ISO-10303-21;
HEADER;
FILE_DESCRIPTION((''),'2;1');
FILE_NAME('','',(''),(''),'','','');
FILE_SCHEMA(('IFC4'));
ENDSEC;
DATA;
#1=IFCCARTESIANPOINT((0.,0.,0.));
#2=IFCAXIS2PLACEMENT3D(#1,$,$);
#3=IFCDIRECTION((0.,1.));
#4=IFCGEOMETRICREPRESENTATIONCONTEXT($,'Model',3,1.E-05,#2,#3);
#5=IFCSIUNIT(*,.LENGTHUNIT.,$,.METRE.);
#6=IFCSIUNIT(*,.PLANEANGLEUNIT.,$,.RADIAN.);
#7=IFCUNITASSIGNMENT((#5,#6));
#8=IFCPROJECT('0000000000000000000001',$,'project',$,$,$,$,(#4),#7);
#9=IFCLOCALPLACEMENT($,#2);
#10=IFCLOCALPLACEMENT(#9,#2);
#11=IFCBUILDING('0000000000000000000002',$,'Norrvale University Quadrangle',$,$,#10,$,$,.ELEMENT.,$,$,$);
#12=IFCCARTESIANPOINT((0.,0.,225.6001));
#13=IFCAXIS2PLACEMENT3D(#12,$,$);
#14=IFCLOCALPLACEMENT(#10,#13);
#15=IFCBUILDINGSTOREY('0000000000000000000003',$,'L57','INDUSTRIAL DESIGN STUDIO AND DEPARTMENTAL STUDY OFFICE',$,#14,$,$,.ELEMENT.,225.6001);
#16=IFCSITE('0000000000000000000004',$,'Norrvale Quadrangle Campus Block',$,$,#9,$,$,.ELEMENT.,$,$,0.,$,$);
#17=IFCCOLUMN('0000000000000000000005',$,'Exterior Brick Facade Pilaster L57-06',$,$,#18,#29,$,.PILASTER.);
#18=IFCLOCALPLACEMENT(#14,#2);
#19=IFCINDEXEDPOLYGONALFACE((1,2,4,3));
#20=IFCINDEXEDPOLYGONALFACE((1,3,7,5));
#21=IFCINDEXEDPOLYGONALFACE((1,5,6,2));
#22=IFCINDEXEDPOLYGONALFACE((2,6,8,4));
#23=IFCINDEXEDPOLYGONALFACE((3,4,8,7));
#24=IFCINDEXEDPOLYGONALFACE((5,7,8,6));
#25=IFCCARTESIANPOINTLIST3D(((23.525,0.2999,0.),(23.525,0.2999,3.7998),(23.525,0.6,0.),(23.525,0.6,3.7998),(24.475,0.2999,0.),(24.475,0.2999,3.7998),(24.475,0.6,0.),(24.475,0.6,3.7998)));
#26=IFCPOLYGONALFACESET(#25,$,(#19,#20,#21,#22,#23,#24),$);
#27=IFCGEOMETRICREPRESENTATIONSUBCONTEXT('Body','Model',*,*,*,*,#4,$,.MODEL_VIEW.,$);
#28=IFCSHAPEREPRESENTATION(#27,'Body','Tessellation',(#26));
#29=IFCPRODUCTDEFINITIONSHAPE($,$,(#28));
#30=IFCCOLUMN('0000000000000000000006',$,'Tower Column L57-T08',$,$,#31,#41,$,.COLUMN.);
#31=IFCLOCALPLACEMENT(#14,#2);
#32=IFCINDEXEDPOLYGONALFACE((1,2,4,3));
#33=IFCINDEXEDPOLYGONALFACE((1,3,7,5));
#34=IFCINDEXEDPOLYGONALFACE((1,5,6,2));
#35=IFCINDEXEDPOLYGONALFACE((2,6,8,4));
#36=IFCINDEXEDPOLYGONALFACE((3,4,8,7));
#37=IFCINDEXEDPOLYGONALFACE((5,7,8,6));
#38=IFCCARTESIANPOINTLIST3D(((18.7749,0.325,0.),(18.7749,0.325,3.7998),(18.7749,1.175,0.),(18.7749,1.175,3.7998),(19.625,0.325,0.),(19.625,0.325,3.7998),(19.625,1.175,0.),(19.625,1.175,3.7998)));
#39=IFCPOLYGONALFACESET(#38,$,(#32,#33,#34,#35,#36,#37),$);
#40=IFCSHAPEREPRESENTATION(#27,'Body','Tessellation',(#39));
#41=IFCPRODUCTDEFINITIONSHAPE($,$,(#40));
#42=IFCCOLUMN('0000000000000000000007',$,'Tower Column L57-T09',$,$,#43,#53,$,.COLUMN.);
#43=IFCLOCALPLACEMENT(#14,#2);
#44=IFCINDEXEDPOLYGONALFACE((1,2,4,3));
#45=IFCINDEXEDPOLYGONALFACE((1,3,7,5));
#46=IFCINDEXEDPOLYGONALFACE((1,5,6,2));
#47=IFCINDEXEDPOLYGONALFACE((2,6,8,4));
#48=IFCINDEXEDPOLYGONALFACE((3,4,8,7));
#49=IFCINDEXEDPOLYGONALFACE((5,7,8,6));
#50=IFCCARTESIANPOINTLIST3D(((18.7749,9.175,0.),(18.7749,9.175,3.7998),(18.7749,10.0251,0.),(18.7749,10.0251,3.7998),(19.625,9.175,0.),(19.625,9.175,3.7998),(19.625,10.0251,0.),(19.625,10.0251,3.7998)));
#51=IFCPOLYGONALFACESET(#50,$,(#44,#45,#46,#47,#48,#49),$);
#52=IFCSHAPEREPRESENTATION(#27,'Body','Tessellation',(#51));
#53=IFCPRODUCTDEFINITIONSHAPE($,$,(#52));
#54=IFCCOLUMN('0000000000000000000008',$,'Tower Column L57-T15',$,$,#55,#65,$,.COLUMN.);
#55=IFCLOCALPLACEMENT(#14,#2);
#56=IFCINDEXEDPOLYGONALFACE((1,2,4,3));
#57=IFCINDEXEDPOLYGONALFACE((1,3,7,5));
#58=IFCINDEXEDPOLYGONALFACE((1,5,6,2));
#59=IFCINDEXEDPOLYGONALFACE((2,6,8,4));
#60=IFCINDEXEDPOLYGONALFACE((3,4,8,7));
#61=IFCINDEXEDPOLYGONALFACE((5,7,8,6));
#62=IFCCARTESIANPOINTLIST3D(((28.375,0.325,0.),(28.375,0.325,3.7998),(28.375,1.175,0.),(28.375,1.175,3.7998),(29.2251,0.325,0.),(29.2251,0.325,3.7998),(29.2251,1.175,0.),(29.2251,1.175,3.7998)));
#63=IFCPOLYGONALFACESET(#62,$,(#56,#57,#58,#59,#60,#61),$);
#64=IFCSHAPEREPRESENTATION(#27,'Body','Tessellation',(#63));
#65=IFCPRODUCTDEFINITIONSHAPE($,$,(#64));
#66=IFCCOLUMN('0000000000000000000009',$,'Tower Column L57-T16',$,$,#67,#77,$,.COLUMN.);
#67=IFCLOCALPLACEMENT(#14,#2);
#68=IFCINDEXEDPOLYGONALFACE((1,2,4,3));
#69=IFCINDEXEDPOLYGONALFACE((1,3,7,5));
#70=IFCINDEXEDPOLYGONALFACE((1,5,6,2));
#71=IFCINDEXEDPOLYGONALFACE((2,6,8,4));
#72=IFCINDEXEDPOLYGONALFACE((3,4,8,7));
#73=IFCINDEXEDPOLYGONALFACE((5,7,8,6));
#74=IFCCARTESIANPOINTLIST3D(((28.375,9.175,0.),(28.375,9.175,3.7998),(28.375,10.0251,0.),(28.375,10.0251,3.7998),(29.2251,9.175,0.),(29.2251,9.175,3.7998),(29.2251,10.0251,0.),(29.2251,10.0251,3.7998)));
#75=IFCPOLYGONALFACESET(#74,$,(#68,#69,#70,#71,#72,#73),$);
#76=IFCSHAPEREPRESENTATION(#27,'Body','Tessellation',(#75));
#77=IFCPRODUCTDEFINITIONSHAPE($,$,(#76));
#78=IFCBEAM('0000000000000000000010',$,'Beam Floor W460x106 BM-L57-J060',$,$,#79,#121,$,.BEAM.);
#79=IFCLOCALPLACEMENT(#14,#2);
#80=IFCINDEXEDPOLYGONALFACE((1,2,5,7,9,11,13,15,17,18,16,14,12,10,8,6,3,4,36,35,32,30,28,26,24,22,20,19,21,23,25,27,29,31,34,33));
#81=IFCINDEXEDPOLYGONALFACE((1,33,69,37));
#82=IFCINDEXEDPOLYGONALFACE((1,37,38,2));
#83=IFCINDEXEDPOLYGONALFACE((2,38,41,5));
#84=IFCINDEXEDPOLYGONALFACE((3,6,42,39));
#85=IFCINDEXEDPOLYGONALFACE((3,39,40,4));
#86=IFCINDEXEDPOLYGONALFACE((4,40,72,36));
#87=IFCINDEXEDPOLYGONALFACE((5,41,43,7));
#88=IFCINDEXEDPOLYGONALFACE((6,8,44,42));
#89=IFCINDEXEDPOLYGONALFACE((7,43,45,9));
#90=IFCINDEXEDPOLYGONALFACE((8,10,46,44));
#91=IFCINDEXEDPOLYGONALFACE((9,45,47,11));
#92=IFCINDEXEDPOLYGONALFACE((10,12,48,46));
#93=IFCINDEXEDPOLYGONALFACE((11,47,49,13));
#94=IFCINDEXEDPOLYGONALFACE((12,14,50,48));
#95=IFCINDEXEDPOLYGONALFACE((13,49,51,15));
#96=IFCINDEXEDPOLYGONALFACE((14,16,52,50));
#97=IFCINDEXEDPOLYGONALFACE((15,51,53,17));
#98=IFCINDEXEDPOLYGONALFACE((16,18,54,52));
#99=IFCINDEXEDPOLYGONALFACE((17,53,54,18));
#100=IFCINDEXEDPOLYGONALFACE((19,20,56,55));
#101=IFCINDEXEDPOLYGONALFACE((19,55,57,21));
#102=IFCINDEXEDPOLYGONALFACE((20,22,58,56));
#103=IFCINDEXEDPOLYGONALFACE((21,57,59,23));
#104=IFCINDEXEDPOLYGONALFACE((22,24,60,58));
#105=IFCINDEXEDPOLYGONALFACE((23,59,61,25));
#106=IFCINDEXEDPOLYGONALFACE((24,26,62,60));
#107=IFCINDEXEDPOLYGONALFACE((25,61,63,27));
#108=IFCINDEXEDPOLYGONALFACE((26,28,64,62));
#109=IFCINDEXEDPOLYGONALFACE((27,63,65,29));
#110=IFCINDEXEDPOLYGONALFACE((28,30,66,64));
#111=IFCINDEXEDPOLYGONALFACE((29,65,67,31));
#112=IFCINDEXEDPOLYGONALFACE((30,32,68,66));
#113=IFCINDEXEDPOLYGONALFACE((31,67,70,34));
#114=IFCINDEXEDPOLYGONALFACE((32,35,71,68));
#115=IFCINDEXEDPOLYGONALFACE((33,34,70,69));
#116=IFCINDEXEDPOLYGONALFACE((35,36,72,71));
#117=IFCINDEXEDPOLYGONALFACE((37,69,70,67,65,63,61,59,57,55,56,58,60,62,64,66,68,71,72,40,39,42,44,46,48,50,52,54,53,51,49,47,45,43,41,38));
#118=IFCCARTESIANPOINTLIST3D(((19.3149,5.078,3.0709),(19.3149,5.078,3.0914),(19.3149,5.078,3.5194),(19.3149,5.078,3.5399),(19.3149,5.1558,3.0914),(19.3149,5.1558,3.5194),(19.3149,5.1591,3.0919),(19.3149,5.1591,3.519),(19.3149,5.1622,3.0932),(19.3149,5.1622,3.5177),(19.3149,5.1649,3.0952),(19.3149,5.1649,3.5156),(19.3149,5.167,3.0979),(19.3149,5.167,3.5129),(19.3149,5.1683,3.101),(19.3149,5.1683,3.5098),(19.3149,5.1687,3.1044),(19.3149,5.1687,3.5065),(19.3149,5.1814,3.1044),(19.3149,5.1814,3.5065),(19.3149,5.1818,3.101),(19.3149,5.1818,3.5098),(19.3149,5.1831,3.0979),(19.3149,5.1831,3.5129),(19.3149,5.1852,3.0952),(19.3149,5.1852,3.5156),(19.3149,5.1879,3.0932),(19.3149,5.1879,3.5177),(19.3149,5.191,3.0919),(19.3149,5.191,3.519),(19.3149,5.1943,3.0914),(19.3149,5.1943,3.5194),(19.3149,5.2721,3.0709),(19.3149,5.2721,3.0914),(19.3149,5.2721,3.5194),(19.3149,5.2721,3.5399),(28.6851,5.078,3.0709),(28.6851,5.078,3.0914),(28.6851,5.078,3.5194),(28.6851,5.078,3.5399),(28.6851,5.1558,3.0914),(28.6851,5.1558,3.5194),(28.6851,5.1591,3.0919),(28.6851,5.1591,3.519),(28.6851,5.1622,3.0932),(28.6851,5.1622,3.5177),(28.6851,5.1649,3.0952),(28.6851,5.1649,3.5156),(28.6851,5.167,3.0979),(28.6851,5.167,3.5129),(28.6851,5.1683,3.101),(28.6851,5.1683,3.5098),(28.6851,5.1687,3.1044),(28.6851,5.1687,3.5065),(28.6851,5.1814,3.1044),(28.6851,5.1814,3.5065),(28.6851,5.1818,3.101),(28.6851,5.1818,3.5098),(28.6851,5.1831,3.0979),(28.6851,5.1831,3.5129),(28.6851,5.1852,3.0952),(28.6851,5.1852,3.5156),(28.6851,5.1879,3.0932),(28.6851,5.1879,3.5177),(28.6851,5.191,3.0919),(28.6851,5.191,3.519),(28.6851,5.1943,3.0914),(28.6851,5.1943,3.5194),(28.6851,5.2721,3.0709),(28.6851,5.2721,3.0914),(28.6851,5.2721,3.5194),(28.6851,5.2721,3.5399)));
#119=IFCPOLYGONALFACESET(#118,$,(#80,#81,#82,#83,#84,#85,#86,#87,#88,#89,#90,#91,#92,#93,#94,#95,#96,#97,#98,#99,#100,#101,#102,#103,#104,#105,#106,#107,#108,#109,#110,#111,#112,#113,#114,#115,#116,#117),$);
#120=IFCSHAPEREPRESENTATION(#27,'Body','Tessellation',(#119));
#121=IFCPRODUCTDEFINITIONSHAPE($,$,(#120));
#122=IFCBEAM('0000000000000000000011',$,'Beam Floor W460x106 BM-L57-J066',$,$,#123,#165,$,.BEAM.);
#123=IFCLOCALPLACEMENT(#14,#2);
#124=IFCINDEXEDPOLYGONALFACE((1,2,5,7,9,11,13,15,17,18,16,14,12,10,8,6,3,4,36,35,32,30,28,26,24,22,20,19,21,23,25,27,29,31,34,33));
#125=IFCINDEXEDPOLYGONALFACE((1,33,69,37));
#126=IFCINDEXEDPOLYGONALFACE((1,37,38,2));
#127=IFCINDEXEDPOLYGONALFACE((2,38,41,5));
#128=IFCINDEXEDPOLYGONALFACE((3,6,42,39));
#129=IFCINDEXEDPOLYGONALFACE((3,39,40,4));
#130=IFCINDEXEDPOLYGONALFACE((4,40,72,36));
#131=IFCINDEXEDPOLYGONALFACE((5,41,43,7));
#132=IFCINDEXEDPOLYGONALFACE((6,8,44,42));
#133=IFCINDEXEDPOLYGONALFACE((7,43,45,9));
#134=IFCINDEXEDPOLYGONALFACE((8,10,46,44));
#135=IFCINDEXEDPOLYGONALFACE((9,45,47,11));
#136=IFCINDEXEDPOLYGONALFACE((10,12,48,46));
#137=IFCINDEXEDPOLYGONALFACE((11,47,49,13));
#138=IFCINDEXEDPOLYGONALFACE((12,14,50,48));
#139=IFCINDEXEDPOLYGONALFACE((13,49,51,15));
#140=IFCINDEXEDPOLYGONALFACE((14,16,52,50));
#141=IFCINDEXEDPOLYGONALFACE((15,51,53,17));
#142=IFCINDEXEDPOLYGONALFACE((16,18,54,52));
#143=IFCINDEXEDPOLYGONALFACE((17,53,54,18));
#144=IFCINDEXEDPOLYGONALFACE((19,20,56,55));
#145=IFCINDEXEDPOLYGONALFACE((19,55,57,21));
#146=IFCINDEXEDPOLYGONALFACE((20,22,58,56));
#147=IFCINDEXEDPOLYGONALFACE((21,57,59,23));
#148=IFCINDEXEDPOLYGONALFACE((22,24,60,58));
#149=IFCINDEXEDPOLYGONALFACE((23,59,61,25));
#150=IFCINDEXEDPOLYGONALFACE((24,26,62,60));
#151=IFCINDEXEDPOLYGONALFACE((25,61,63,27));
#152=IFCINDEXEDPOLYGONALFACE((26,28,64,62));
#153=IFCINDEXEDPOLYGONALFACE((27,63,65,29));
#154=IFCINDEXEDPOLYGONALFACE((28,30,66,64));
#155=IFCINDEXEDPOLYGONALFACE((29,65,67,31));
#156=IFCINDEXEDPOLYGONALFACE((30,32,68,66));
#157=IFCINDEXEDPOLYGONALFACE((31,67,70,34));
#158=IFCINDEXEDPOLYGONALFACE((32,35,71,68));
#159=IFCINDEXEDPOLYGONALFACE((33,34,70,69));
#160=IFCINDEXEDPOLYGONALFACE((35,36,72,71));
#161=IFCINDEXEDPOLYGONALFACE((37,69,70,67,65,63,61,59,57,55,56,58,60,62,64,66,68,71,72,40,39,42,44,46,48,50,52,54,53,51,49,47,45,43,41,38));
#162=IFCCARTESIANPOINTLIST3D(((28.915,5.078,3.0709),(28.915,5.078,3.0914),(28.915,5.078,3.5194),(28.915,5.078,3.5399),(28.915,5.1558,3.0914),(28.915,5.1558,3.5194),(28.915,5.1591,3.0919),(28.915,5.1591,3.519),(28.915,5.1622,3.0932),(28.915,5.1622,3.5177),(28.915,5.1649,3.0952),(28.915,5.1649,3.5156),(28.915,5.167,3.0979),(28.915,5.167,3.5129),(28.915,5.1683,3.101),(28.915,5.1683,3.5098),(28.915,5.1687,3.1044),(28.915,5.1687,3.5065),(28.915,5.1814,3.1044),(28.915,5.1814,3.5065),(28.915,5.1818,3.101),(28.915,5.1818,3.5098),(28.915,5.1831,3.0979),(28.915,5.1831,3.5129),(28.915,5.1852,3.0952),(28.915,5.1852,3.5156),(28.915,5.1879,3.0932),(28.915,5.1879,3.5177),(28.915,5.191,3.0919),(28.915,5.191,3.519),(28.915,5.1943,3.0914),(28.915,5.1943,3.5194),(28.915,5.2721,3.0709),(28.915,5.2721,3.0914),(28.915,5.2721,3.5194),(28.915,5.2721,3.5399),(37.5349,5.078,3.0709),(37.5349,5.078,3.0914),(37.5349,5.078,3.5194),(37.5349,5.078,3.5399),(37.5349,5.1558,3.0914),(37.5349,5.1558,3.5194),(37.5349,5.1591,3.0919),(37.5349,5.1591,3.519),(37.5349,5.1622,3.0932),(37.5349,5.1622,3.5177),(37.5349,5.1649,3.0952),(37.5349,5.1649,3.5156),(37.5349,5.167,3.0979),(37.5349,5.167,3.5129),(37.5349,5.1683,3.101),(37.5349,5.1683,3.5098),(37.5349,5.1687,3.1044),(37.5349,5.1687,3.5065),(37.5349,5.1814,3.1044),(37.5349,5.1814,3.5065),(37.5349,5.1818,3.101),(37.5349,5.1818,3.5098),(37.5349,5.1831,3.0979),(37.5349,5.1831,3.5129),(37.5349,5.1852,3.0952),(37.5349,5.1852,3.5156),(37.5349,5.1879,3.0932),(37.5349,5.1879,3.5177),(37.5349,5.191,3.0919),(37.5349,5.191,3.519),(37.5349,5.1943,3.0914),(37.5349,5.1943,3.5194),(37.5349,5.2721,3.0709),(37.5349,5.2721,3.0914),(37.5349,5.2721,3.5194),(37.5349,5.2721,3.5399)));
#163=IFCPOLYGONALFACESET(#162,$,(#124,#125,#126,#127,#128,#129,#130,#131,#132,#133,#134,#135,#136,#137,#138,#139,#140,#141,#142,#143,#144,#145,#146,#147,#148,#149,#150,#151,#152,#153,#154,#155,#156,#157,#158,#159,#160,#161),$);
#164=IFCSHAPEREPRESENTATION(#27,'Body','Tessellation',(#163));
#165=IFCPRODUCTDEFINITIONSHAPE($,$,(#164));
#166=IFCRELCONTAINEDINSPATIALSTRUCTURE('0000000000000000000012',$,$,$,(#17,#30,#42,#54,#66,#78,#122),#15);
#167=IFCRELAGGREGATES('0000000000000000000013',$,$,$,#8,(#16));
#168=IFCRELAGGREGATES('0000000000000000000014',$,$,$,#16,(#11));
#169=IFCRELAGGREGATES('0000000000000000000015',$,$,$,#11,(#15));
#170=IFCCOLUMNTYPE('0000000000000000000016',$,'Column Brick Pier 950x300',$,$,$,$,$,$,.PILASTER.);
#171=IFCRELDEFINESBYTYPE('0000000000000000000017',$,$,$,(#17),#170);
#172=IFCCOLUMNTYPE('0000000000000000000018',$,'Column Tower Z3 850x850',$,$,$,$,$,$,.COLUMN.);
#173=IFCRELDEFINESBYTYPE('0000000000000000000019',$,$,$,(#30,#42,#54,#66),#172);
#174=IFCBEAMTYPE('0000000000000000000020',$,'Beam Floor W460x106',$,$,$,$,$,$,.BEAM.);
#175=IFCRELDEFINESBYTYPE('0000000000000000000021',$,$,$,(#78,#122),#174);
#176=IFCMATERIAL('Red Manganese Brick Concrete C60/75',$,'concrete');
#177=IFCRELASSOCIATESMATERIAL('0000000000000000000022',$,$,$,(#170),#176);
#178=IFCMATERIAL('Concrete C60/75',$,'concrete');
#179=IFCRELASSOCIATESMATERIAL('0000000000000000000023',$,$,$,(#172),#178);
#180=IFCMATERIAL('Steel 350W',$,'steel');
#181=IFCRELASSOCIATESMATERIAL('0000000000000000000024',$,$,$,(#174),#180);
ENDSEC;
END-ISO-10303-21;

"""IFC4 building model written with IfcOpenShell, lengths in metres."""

from ifc_helpers import new_model, si_unit, direction, frame, origin, origin_2d, place, context, subcontext, project, spatial, rectangle, i_section, extrude, material, material_profile, profile_set, type_object, element, save


model = new_model("IFC4")

# Units and contexts
model_context = context("Model", 3, precision=1e-05, world=origin(), true_north=direction((0.0, 1.0)))
body_context = subcontext(model_context, "Body", "Model", "MODEL_VIEW")
ifc_project = project(units=[si_unit("LENGTHUNIT", "METRE"), si_unit("PLANEANGLEUNIT", "RADIAN")], contexts=[model_context])

# Site, building, storey
site_placement = place(None, origin())
site = spatial("IfcSite", under=ifc_project, at=site_placement, Name="Norrvale Quadrangle Campus Block", CompositionType="ELEMENT", RefElevation=0.0)
building_placement = place(site_placement, origin())
building = spatial("IfcBuilding", under=site, at=building_placement, Name="Norrvale University Quadrangle", CompositionType="ELEMENT")
storey_placement = place(building_placement, frame((0.0, 0.0, 225.6001)))
storey = spatial("IfcBuildingStorey", under=building, at=storey_placement, Name="L57", Description="INDUSTRIAL DESIGN STUDIO AND DEPARTMENTAL STUDY OFFICE", CompositionType="ELEMENT", Elevation=225.6001)

# Columns
ifc_material_1 = material(Name="Red Manganese Brick Concrete C60/75", Category="concrete")
ifc_material_profile_1 = material_profile(ifc_material_1, rectangle(XDim=0.95, YDim=0.3, at=origin_2d()), Name="Red Manganese Brick Concrete C60/75")
ifc_profile_set_1 = profile_set([ifc_material_profile_1], Name="Red Manganese Brick Concrete C60/75")
column_type_1 = type_object("IfcColumnType", Name="Column Brick Pier 950x300", PredefinedType="PILASTER", material=ifc_profile_set_1)
column_placement = place(storey_placement, frame((24.0, 0.45, 0.0), z_axis=(0.0, 0.0, 1.0), x_axis=(1.0, 0.0, 0.0)))
element("IfcColumn", 1, at=column_placement, inside=storey, type_object=column_type_1, Name="Exterior Brick Facade Pilaster L57-06", PredefinedType="PILASTER", context=body_context, shape_type="SweptSolid", body=[
    extrude(rectangle(XDim=0.95, YDim=0.3, at=origin_2d()), origin(), (0.0, 0.0, 1.0), 3.7998),
])
ifc_material_2 = material(Name="Concrete C60/75", Category="concrete")
ifc_material_profile_2 = material_profile(ifc_material_2, rectangle(XDim=0.8501, YDim=0.8501, at=origin_2d()), Name="Concrete C60/75")
ifc_profile_set_2 = profile_set([ifc_material_profile_2], Name="Concrete C60/75")
column_type_2 = type_object("IfcColumnType", Name="Column Tower Z3 850x850", PredefinedType="COLUMN", material=ifc_profile_set_2)
for number, where, z_axis, x_axis, name in (
    (2, (19.2, 0.75, 0.0), (0.0, 0.0, 1.0), (1.0, 0.0, 0.0), "Tower Column L57-T08"),
    (3, (19.2, 9.6001, 0.0), (0.0, 0.0, 1.0), (1.0, 0.0, 0.0), "Tower Column L57-T09"),
    (4, (28.8, 0.75, 0.0), (0.0, 0.0, 1.0), (1.0, 0.0, 0.0), "Tower Column L57-T15"),
    (5, (28.8, 9.6001, 0.0), (0.0, 0.0, 1.0), (1.0, 0.0, 0.0), "Tower Column L57-T16"),
):
    element("IfcColumn", number, at=place(storey_placement, frame(where, z_axis=z_axis, x_axis=x_axis)), inside=storey, type_object=column_type_2, Name=name, PredefinedType="COLUMN", context=body_context, shape_type="SweptSolid", body=[
        extrude(rectangle(XDim=0.8501, YDim=0.8501, at=origin_2d()), origin(), (0.0, 0.0, 1.0), 3.7998),
    ])

# Beams
ifc_material_3 = material(Name="Steel 350W", Category="steel")
ifc_material_profile_3 = material_profile(ifc_material_3, i_section(OverallWidth=0.1941, OverallDepth=0.469, WebThickness=0.0127, FlangeThickness=0.0205, FilletRadius=0.0129, at=origin_2d()), Name="Steel 350W")
ifc_profile_set_3 = profile_set([ifc_material_profile_3], Name="Steel 350W")
beam_type_1 = type_object("IfcBeamType", Name="Beam Floor W460x106", PredefinedType="BEAM", material=ifc_profile_set_3)
beam_1_placement = place(storey_placement, frame((19.3149, 5.175, 3.3054), z_axis=(1.0, 0.0, 0.0), x_axis=(0.0, 1.0, 0.0)))
element("IfcBeam", 6, at=beam_1_placement, inside=storey, type_object=beam_type_1, Name="Beam Floor W460x106 BM-L57-J060", PredefinedType="BEAM", context=body_context, shape_type="SweptSolid", body=[
    extrude(i_section(OverallWidth=0.1941, OverallDepth=0.469, WebThickness=0.0127, FlangeThickness=0.0205, FilletRadius=0.0129, at=origin_2d()), origin(), (0.0, 0.0, 1.0), 9.3701),
])
beam_2_placement = place(storey_placement, frame((28.915, 5.175, 3.3054), z_axis=(1.0, 0.0, 0.0), x_axis=(0.0, 1.0, 0.0)))
element("IfcBeam", 7, at=beam_2_placement, inside=storey, type_object=beam_type_1, Name="Beam Floor W460x106 BM-L57-J066", PredefinedType="BEAM", context=body_context, shape_type="SweptSolid", body=[
    extrude(i_section(OverallWidth=0.1941, OverallDepth=0.469, WebThickness=0.0127, FlangeThickness=0.0205, FilletRadius=0.0129, at=origin_2d()), origin(), (0.0, 0.0, 1.0), 8.6199),
])

save(model, "model.ifc")
